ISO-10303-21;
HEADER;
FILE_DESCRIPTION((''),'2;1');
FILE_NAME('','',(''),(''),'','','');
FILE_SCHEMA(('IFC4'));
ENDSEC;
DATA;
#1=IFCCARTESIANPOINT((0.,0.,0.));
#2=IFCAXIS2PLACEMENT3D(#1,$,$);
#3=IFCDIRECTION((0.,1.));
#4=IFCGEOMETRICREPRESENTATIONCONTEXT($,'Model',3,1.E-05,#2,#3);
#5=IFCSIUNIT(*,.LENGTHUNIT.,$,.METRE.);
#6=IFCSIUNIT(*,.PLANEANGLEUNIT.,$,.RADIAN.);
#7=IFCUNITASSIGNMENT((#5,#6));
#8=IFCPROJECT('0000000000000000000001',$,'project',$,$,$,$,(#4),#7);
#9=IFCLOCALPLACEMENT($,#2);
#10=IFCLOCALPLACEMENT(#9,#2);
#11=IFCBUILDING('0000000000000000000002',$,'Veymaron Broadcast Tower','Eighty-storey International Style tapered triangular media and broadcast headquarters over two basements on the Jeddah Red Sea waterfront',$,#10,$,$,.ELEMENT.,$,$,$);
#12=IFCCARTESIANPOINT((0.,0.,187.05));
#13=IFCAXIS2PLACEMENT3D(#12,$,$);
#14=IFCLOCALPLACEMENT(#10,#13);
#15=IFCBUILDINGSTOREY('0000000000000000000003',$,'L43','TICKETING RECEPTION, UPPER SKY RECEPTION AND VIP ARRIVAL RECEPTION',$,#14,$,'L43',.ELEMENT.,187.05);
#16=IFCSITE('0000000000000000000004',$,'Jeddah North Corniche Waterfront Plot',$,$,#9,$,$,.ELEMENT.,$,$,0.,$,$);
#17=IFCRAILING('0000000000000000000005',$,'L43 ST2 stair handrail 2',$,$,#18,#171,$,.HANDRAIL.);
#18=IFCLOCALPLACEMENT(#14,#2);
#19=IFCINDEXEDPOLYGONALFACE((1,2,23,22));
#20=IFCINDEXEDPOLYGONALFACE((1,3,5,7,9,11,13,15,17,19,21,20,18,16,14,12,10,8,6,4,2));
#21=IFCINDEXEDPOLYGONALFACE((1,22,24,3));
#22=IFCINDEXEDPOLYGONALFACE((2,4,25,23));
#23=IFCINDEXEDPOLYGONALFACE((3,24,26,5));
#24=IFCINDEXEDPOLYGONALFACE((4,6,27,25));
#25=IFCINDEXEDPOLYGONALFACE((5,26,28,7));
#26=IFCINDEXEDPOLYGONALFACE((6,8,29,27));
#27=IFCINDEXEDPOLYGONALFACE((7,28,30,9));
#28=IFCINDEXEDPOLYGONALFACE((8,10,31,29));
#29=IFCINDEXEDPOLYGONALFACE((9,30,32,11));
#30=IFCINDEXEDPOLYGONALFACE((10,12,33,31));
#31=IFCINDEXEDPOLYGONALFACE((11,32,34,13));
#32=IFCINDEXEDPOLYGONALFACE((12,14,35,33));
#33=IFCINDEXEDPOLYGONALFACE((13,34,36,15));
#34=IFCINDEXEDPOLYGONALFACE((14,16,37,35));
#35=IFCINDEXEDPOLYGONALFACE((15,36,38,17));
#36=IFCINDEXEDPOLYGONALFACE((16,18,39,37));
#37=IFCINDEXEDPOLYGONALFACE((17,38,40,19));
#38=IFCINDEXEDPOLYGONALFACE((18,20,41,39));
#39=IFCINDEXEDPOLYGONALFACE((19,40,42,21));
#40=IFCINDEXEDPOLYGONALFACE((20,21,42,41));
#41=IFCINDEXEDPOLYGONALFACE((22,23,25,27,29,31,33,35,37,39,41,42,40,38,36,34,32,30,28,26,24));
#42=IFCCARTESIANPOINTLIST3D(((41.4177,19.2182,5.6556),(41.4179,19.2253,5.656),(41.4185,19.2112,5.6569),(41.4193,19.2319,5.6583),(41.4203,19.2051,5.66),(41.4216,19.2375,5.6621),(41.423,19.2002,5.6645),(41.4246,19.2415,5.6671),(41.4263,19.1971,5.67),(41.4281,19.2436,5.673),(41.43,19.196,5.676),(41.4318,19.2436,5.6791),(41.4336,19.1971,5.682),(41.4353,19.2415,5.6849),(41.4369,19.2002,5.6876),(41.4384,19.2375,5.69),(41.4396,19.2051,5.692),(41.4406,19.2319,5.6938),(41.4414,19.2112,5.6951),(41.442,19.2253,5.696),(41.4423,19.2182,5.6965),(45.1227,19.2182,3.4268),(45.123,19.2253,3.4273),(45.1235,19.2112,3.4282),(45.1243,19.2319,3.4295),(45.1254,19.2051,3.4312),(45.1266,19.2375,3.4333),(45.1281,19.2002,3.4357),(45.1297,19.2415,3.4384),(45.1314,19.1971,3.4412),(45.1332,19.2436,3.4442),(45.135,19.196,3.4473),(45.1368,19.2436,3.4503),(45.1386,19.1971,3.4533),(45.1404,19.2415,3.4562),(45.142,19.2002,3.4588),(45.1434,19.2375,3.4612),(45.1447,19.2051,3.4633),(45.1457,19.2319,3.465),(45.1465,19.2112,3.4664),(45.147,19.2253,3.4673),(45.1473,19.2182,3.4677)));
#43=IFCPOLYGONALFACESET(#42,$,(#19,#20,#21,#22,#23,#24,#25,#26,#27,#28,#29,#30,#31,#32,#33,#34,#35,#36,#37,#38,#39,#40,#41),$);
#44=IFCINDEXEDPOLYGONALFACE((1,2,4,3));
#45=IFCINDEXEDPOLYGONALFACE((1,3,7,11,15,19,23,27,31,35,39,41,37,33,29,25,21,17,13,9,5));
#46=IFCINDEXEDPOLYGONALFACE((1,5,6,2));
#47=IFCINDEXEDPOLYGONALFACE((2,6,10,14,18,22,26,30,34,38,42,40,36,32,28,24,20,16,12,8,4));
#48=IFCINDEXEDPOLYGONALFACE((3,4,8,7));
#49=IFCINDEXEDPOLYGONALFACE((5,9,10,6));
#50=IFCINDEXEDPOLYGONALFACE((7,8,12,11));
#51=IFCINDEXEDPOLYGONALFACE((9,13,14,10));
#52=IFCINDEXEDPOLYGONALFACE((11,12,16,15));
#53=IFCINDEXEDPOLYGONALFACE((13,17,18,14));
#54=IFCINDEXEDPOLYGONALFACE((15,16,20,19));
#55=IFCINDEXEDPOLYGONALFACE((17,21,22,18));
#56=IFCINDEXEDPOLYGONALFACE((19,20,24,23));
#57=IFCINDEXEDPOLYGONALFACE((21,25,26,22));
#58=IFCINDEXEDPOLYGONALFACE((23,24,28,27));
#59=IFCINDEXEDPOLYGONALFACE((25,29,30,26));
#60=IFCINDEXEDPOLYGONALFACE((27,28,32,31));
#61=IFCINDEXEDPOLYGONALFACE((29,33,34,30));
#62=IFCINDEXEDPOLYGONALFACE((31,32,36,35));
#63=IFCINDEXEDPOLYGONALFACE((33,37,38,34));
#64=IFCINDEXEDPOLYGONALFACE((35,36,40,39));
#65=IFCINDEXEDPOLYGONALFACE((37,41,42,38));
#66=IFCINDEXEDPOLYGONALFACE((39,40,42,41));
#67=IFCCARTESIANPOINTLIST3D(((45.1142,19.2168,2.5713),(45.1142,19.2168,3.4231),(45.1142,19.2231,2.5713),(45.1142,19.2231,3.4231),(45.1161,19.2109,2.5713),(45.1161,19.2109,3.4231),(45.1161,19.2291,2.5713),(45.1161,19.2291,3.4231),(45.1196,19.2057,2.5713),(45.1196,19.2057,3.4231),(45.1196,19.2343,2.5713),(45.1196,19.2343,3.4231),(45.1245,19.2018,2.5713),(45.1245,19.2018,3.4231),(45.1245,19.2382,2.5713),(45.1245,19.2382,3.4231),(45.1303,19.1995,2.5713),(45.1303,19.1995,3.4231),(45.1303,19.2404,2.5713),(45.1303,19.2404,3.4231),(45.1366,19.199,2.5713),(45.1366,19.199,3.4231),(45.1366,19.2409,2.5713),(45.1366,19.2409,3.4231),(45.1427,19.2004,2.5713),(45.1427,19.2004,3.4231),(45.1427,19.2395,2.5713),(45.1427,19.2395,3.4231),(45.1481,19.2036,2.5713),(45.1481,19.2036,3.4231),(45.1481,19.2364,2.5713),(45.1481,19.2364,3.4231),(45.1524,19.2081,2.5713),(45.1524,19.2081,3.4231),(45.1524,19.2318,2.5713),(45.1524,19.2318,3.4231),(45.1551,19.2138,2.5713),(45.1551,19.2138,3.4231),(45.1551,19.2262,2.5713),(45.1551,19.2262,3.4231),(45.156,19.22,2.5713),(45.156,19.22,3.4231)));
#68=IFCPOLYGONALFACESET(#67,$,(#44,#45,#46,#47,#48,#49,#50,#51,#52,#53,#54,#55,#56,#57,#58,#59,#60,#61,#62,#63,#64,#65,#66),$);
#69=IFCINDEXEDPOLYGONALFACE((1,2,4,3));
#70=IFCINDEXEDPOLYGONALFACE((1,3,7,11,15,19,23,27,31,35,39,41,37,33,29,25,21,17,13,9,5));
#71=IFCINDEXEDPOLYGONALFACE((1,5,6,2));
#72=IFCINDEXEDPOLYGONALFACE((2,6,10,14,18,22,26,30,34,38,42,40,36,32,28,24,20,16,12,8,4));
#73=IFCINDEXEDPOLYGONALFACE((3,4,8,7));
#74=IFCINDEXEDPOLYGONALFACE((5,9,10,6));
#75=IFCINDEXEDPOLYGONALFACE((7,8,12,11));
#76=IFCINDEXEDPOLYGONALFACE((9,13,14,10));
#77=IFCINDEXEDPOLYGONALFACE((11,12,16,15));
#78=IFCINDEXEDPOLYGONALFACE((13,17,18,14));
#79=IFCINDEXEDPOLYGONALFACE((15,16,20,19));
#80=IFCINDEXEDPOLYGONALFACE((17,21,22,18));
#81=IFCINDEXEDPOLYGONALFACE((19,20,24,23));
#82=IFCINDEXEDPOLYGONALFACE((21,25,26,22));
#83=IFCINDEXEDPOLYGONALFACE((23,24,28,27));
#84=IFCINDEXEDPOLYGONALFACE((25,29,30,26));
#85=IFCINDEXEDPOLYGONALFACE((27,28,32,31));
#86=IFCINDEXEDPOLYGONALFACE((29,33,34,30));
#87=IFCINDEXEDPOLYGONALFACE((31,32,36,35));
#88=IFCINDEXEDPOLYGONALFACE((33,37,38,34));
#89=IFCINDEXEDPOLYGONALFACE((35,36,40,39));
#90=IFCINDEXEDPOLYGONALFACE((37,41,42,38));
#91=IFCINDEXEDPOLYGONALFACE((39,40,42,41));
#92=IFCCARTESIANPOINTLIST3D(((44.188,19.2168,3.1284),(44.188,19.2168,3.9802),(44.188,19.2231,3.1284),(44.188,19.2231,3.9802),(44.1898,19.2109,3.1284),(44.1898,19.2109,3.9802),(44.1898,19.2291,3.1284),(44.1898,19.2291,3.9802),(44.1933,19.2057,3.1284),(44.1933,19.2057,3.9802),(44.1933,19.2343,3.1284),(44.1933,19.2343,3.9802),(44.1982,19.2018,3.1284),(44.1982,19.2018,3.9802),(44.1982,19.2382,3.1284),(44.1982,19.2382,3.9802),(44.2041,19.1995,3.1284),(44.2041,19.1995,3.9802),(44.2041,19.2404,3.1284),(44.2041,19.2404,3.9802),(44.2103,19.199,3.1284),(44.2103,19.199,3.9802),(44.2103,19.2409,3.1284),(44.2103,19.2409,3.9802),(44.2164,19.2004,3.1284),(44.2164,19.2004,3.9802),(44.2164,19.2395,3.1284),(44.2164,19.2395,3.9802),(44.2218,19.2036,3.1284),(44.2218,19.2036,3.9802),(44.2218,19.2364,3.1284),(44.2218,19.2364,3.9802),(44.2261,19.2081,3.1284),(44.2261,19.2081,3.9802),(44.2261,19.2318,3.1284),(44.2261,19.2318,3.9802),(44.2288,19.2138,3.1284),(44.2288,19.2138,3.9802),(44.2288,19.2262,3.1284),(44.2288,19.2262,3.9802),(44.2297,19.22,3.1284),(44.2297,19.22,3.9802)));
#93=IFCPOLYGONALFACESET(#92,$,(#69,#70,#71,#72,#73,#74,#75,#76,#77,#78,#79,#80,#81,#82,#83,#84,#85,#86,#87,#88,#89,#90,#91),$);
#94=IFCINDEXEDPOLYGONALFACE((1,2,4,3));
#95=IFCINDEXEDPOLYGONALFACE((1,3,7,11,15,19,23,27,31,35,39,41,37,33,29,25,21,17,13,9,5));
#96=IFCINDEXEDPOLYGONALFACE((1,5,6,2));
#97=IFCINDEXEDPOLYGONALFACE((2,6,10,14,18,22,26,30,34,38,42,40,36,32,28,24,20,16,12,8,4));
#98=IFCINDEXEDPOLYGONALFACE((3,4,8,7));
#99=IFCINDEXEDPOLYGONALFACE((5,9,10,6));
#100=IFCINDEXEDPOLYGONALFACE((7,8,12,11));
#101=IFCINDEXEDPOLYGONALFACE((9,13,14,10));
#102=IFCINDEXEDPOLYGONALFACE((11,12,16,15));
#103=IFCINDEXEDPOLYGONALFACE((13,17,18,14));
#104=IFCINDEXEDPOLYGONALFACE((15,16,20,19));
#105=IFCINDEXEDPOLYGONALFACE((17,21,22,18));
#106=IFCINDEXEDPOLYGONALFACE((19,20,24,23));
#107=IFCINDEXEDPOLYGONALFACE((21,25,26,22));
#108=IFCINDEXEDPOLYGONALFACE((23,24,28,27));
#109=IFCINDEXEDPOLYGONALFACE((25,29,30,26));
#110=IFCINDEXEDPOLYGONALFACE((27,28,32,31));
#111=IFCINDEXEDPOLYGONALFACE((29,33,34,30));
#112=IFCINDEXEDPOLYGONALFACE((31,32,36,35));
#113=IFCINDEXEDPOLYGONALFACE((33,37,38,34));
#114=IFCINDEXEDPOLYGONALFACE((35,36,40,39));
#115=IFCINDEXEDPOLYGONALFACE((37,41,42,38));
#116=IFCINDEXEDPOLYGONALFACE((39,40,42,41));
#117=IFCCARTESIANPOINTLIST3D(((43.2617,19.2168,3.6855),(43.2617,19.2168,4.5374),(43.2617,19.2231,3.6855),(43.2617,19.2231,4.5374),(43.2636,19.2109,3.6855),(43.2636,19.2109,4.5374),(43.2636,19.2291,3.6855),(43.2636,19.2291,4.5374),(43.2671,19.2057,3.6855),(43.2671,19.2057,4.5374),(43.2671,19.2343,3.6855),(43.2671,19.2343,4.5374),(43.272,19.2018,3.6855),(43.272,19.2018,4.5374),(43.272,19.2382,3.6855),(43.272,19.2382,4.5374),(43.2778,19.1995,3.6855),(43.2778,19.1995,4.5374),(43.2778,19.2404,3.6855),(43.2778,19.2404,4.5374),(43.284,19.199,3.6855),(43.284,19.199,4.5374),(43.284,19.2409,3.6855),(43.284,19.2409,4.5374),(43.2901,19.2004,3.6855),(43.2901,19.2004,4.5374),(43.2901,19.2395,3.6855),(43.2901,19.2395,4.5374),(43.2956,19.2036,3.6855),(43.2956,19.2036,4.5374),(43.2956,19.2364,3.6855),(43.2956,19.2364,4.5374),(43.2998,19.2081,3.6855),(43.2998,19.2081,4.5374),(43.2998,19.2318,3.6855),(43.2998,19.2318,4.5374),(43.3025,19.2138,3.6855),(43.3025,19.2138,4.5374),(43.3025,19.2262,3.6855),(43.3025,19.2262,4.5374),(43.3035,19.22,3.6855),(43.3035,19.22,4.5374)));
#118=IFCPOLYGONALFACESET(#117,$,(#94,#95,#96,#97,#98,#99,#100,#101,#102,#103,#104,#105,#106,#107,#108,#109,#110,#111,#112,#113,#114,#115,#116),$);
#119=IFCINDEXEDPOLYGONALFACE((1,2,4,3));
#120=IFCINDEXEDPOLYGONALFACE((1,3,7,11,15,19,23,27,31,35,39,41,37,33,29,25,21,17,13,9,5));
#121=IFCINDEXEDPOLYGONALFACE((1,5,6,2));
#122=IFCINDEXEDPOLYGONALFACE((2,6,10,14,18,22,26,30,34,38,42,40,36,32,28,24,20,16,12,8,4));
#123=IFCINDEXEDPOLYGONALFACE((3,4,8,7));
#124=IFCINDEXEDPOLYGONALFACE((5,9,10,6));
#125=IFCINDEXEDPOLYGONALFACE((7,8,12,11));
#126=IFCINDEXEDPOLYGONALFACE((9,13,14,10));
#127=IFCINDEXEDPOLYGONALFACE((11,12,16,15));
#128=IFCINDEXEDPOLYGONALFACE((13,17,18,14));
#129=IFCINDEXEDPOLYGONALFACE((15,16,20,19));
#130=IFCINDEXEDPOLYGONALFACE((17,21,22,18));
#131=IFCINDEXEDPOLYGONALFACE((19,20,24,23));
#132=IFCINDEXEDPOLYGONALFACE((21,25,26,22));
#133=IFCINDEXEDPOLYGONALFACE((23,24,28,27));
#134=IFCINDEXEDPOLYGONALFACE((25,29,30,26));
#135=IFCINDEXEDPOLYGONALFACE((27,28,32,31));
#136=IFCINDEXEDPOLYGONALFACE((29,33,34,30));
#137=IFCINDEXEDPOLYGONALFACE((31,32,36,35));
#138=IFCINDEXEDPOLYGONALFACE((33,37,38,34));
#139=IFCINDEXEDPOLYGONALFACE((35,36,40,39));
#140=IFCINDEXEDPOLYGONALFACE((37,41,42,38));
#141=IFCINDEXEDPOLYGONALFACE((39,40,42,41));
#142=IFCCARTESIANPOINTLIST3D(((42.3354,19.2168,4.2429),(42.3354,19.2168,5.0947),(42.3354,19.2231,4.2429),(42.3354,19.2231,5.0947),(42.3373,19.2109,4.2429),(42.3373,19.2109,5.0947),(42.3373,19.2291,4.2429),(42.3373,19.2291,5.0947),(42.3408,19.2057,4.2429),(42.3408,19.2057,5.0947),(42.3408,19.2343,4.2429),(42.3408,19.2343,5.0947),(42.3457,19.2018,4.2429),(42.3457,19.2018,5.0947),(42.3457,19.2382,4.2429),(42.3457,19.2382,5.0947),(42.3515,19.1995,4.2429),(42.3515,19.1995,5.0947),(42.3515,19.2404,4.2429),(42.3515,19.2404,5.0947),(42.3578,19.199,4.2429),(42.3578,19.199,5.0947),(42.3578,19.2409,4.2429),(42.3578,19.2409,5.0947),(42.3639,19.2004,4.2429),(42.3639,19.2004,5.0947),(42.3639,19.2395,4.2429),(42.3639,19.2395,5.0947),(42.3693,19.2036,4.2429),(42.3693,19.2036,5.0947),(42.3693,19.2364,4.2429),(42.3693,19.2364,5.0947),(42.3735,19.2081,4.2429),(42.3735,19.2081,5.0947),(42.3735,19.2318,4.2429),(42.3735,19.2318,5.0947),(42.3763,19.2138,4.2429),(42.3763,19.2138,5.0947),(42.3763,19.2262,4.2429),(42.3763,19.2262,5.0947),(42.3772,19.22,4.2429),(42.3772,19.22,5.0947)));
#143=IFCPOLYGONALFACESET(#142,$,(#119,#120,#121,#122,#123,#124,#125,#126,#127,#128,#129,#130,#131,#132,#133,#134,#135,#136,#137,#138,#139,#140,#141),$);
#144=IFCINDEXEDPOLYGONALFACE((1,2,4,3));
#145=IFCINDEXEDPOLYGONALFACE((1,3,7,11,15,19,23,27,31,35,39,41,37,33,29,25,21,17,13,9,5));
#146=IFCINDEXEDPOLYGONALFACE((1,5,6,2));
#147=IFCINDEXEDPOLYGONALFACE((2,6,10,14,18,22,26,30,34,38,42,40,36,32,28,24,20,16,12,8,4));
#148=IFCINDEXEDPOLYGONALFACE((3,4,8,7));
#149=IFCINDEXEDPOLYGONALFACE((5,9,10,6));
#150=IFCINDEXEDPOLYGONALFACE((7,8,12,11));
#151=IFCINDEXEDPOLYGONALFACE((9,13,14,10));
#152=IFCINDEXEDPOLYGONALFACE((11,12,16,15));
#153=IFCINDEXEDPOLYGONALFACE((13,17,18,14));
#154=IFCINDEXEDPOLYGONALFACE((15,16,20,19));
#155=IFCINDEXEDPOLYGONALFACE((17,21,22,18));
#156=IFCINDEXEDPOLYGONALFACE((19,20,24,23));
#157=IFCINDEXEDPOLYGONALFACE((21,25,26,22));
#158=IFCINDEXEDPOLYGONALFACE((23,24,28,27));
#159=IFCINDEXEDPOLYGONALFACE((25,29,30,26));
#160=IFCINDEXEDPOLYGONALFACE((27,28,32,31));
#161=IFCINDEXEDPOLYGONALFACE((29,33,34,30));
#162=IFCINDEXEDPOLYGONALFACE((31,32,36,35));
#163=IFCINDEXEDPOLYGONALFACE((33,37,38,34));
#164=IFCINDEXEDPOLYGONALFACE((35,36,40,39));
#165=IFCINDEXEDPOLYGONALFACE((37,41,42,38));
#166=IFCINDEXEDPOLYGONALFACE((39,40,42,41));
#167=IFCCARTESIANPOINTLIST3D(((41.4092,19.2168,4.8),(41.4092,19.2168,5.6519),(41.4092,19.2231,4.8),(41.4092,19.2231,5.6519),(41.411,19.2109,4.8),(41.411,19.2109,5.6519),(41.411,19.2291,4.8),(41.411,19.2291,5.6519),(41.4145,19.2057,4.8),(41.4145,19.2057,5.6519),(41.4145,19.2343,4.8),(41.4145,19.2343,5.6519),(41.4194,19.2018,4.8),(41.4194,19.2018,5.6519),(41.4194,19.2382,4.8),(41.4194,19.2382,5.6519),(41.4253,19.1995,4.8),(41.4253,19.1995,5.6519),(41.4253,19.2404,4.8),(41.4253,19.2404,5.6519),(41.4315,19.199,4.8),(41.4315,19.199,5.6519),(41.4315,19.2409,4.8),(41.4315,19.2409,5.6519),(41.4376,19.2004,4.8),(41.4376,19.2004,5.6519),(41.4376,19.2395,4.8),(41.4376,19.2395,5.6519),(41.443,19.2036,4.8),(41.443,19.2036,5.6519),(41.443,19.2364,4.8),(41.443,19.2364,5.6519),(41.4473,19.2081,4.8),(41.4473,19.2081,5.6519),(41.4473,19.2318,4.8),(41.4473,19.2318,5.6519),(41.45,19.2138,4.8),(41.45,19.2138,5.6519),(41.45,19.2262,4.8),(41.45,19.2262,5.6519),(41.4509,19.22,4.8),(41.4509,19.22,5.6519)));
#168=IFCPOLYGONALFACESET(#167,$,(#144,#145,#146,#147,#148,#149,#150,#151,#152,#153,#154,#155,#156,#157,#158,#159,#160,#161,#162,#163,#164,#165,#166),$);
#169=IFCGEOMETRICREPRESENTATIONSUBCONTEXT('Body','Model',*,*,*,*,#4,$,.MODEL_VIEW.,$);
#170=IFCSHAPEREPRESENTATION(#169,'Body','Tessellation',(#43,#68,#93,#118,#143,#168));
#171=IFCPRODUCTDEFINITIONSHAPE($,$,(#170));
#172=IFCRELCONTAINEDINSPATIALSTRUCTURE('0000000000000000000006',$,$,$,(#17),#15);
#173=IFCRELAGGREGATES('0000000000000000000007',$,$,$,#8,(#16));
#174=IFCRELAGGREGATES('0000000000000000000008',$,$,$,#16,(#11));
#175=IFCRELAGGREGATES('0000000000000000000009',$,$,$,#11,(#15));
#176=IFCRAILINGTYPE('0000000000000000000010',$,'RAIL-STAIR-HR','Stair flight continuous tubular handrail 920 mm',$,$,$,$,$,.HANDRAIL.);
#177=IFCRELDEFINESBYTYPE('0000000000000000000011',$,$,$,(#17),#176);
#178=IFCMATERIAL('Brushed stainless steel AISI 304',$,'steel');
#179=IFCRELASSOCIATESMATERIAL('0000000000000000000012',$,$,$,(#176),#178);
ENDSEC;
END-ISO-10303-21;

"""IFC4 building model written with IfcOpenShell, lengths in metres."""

from ifc_helpers import new_model, si_unit, direction, frame, origin, origin_2d, place, context, subcontext, project, spatial, circle, extrude, material, type_object, element, save


model = new_model("IFC4")

# Units and contexts
model_context = context("Model", 3, precision=1e-05, world=origin(), true_north=direction((0.0, 1.0)))
body_context = subcontext(model_context, "Body", "Model", "MODEL_VIEW")
ifc_project = project(units=[si_unit("LENGTHUNIT", "METRE"), si_unit("PLANEANGLEUNIT", "RADIAN")], contexts=[model_context])

# Site, building, storey
site_placement = place(None, origin())
site = spatial("IfcSite", under=ifc_project, at=site_placement, Name="Jeddah North Corniche Waterfront Plot", CompositionType="ELEMENT", RefElevation=0.0)
building_placement = place(site_placement, origin())
building = spatial("IfcBuilding", under=site, at=building_placement, Name="Veymaron Broadcast Tower", Description="Eighty-storey International Style tapered triangular media and broadcast headquarters over two basements on the Jeddah Red Sea waterfront", CompositionType="ELEMENT")
storey_placement = place(building_placement, frame((0.0, 0.0, 187.05)))
storey = spatial("IfcBuildingStorey", under=building, at=storey_placement, Name="L43", Description="TICKETING RECEPTION, UPPER SKY RECEPTION AND VIP ARRIVAL RECEPTION", LongName="L43", CompositionType="ELEMENT", Elevation=187.05)

# Railing
ifc_material_1 = material(Name="Brushed stainless steel AISI 304", Category="steel")
railing_type_1 = type_object("IfcRailingType", Name="RAIL-STAIR-HR", Description="Stair flight continuous tubular handrail 920 mm", PredefinedType="HANDRAIL", material=ifc_material_1)
railing_1_placement = place(storey_placement, frame((45.135, 19.22, 2.5713)))
element("IfcRailing", 1, at=railing_1_placement, inside=storey, type_object=railing_type_1, Name="L43 ST2 stair handrail 2", PredefinedType="HANDRAIL", context=body_context, shape_type="SweptSolid", body=[
    extrude(circle(Radius=0.0239, at=origin_2d()), frame((0.0, 0.0, 0.876), z_axis=(-0.856909, 0.0, 0.515467), x_axis=(0.0, -1.0, 0.0)), (0.0, 0.0, 1.0), 4.3237),
    extrude(circle(Radius=0.021, at=origin_2d()), origin(), (0.0, 0.0, 1.0), 0.8518),
    extrude(circle(Radius=0.021, at=origin_2d()), frame((-0.9263, 0.0, 0.5571)), (0.0, 0.0, 1.0), 0.8518),
    extrude(circle(Radius=0.021, at=origin_2d()), frame((-1.8525, 0.0, 1.1143)), (0.0, 0.0, 1.0), 0.8518),
    extrude(circle(Radius=0.021, at=origin_2d()), frame((-2.7788, 0.0, 1.6716)), (0.0, 0.0, 1.0), 0.8518),
    extrude(circle(Radius=0.021, at=origin_2d()), frame((-3.7051, 0.0, 2.2288)), (0.0, 0.0, 1.0), 0.8518),
])

save(model, "model.ifc")
